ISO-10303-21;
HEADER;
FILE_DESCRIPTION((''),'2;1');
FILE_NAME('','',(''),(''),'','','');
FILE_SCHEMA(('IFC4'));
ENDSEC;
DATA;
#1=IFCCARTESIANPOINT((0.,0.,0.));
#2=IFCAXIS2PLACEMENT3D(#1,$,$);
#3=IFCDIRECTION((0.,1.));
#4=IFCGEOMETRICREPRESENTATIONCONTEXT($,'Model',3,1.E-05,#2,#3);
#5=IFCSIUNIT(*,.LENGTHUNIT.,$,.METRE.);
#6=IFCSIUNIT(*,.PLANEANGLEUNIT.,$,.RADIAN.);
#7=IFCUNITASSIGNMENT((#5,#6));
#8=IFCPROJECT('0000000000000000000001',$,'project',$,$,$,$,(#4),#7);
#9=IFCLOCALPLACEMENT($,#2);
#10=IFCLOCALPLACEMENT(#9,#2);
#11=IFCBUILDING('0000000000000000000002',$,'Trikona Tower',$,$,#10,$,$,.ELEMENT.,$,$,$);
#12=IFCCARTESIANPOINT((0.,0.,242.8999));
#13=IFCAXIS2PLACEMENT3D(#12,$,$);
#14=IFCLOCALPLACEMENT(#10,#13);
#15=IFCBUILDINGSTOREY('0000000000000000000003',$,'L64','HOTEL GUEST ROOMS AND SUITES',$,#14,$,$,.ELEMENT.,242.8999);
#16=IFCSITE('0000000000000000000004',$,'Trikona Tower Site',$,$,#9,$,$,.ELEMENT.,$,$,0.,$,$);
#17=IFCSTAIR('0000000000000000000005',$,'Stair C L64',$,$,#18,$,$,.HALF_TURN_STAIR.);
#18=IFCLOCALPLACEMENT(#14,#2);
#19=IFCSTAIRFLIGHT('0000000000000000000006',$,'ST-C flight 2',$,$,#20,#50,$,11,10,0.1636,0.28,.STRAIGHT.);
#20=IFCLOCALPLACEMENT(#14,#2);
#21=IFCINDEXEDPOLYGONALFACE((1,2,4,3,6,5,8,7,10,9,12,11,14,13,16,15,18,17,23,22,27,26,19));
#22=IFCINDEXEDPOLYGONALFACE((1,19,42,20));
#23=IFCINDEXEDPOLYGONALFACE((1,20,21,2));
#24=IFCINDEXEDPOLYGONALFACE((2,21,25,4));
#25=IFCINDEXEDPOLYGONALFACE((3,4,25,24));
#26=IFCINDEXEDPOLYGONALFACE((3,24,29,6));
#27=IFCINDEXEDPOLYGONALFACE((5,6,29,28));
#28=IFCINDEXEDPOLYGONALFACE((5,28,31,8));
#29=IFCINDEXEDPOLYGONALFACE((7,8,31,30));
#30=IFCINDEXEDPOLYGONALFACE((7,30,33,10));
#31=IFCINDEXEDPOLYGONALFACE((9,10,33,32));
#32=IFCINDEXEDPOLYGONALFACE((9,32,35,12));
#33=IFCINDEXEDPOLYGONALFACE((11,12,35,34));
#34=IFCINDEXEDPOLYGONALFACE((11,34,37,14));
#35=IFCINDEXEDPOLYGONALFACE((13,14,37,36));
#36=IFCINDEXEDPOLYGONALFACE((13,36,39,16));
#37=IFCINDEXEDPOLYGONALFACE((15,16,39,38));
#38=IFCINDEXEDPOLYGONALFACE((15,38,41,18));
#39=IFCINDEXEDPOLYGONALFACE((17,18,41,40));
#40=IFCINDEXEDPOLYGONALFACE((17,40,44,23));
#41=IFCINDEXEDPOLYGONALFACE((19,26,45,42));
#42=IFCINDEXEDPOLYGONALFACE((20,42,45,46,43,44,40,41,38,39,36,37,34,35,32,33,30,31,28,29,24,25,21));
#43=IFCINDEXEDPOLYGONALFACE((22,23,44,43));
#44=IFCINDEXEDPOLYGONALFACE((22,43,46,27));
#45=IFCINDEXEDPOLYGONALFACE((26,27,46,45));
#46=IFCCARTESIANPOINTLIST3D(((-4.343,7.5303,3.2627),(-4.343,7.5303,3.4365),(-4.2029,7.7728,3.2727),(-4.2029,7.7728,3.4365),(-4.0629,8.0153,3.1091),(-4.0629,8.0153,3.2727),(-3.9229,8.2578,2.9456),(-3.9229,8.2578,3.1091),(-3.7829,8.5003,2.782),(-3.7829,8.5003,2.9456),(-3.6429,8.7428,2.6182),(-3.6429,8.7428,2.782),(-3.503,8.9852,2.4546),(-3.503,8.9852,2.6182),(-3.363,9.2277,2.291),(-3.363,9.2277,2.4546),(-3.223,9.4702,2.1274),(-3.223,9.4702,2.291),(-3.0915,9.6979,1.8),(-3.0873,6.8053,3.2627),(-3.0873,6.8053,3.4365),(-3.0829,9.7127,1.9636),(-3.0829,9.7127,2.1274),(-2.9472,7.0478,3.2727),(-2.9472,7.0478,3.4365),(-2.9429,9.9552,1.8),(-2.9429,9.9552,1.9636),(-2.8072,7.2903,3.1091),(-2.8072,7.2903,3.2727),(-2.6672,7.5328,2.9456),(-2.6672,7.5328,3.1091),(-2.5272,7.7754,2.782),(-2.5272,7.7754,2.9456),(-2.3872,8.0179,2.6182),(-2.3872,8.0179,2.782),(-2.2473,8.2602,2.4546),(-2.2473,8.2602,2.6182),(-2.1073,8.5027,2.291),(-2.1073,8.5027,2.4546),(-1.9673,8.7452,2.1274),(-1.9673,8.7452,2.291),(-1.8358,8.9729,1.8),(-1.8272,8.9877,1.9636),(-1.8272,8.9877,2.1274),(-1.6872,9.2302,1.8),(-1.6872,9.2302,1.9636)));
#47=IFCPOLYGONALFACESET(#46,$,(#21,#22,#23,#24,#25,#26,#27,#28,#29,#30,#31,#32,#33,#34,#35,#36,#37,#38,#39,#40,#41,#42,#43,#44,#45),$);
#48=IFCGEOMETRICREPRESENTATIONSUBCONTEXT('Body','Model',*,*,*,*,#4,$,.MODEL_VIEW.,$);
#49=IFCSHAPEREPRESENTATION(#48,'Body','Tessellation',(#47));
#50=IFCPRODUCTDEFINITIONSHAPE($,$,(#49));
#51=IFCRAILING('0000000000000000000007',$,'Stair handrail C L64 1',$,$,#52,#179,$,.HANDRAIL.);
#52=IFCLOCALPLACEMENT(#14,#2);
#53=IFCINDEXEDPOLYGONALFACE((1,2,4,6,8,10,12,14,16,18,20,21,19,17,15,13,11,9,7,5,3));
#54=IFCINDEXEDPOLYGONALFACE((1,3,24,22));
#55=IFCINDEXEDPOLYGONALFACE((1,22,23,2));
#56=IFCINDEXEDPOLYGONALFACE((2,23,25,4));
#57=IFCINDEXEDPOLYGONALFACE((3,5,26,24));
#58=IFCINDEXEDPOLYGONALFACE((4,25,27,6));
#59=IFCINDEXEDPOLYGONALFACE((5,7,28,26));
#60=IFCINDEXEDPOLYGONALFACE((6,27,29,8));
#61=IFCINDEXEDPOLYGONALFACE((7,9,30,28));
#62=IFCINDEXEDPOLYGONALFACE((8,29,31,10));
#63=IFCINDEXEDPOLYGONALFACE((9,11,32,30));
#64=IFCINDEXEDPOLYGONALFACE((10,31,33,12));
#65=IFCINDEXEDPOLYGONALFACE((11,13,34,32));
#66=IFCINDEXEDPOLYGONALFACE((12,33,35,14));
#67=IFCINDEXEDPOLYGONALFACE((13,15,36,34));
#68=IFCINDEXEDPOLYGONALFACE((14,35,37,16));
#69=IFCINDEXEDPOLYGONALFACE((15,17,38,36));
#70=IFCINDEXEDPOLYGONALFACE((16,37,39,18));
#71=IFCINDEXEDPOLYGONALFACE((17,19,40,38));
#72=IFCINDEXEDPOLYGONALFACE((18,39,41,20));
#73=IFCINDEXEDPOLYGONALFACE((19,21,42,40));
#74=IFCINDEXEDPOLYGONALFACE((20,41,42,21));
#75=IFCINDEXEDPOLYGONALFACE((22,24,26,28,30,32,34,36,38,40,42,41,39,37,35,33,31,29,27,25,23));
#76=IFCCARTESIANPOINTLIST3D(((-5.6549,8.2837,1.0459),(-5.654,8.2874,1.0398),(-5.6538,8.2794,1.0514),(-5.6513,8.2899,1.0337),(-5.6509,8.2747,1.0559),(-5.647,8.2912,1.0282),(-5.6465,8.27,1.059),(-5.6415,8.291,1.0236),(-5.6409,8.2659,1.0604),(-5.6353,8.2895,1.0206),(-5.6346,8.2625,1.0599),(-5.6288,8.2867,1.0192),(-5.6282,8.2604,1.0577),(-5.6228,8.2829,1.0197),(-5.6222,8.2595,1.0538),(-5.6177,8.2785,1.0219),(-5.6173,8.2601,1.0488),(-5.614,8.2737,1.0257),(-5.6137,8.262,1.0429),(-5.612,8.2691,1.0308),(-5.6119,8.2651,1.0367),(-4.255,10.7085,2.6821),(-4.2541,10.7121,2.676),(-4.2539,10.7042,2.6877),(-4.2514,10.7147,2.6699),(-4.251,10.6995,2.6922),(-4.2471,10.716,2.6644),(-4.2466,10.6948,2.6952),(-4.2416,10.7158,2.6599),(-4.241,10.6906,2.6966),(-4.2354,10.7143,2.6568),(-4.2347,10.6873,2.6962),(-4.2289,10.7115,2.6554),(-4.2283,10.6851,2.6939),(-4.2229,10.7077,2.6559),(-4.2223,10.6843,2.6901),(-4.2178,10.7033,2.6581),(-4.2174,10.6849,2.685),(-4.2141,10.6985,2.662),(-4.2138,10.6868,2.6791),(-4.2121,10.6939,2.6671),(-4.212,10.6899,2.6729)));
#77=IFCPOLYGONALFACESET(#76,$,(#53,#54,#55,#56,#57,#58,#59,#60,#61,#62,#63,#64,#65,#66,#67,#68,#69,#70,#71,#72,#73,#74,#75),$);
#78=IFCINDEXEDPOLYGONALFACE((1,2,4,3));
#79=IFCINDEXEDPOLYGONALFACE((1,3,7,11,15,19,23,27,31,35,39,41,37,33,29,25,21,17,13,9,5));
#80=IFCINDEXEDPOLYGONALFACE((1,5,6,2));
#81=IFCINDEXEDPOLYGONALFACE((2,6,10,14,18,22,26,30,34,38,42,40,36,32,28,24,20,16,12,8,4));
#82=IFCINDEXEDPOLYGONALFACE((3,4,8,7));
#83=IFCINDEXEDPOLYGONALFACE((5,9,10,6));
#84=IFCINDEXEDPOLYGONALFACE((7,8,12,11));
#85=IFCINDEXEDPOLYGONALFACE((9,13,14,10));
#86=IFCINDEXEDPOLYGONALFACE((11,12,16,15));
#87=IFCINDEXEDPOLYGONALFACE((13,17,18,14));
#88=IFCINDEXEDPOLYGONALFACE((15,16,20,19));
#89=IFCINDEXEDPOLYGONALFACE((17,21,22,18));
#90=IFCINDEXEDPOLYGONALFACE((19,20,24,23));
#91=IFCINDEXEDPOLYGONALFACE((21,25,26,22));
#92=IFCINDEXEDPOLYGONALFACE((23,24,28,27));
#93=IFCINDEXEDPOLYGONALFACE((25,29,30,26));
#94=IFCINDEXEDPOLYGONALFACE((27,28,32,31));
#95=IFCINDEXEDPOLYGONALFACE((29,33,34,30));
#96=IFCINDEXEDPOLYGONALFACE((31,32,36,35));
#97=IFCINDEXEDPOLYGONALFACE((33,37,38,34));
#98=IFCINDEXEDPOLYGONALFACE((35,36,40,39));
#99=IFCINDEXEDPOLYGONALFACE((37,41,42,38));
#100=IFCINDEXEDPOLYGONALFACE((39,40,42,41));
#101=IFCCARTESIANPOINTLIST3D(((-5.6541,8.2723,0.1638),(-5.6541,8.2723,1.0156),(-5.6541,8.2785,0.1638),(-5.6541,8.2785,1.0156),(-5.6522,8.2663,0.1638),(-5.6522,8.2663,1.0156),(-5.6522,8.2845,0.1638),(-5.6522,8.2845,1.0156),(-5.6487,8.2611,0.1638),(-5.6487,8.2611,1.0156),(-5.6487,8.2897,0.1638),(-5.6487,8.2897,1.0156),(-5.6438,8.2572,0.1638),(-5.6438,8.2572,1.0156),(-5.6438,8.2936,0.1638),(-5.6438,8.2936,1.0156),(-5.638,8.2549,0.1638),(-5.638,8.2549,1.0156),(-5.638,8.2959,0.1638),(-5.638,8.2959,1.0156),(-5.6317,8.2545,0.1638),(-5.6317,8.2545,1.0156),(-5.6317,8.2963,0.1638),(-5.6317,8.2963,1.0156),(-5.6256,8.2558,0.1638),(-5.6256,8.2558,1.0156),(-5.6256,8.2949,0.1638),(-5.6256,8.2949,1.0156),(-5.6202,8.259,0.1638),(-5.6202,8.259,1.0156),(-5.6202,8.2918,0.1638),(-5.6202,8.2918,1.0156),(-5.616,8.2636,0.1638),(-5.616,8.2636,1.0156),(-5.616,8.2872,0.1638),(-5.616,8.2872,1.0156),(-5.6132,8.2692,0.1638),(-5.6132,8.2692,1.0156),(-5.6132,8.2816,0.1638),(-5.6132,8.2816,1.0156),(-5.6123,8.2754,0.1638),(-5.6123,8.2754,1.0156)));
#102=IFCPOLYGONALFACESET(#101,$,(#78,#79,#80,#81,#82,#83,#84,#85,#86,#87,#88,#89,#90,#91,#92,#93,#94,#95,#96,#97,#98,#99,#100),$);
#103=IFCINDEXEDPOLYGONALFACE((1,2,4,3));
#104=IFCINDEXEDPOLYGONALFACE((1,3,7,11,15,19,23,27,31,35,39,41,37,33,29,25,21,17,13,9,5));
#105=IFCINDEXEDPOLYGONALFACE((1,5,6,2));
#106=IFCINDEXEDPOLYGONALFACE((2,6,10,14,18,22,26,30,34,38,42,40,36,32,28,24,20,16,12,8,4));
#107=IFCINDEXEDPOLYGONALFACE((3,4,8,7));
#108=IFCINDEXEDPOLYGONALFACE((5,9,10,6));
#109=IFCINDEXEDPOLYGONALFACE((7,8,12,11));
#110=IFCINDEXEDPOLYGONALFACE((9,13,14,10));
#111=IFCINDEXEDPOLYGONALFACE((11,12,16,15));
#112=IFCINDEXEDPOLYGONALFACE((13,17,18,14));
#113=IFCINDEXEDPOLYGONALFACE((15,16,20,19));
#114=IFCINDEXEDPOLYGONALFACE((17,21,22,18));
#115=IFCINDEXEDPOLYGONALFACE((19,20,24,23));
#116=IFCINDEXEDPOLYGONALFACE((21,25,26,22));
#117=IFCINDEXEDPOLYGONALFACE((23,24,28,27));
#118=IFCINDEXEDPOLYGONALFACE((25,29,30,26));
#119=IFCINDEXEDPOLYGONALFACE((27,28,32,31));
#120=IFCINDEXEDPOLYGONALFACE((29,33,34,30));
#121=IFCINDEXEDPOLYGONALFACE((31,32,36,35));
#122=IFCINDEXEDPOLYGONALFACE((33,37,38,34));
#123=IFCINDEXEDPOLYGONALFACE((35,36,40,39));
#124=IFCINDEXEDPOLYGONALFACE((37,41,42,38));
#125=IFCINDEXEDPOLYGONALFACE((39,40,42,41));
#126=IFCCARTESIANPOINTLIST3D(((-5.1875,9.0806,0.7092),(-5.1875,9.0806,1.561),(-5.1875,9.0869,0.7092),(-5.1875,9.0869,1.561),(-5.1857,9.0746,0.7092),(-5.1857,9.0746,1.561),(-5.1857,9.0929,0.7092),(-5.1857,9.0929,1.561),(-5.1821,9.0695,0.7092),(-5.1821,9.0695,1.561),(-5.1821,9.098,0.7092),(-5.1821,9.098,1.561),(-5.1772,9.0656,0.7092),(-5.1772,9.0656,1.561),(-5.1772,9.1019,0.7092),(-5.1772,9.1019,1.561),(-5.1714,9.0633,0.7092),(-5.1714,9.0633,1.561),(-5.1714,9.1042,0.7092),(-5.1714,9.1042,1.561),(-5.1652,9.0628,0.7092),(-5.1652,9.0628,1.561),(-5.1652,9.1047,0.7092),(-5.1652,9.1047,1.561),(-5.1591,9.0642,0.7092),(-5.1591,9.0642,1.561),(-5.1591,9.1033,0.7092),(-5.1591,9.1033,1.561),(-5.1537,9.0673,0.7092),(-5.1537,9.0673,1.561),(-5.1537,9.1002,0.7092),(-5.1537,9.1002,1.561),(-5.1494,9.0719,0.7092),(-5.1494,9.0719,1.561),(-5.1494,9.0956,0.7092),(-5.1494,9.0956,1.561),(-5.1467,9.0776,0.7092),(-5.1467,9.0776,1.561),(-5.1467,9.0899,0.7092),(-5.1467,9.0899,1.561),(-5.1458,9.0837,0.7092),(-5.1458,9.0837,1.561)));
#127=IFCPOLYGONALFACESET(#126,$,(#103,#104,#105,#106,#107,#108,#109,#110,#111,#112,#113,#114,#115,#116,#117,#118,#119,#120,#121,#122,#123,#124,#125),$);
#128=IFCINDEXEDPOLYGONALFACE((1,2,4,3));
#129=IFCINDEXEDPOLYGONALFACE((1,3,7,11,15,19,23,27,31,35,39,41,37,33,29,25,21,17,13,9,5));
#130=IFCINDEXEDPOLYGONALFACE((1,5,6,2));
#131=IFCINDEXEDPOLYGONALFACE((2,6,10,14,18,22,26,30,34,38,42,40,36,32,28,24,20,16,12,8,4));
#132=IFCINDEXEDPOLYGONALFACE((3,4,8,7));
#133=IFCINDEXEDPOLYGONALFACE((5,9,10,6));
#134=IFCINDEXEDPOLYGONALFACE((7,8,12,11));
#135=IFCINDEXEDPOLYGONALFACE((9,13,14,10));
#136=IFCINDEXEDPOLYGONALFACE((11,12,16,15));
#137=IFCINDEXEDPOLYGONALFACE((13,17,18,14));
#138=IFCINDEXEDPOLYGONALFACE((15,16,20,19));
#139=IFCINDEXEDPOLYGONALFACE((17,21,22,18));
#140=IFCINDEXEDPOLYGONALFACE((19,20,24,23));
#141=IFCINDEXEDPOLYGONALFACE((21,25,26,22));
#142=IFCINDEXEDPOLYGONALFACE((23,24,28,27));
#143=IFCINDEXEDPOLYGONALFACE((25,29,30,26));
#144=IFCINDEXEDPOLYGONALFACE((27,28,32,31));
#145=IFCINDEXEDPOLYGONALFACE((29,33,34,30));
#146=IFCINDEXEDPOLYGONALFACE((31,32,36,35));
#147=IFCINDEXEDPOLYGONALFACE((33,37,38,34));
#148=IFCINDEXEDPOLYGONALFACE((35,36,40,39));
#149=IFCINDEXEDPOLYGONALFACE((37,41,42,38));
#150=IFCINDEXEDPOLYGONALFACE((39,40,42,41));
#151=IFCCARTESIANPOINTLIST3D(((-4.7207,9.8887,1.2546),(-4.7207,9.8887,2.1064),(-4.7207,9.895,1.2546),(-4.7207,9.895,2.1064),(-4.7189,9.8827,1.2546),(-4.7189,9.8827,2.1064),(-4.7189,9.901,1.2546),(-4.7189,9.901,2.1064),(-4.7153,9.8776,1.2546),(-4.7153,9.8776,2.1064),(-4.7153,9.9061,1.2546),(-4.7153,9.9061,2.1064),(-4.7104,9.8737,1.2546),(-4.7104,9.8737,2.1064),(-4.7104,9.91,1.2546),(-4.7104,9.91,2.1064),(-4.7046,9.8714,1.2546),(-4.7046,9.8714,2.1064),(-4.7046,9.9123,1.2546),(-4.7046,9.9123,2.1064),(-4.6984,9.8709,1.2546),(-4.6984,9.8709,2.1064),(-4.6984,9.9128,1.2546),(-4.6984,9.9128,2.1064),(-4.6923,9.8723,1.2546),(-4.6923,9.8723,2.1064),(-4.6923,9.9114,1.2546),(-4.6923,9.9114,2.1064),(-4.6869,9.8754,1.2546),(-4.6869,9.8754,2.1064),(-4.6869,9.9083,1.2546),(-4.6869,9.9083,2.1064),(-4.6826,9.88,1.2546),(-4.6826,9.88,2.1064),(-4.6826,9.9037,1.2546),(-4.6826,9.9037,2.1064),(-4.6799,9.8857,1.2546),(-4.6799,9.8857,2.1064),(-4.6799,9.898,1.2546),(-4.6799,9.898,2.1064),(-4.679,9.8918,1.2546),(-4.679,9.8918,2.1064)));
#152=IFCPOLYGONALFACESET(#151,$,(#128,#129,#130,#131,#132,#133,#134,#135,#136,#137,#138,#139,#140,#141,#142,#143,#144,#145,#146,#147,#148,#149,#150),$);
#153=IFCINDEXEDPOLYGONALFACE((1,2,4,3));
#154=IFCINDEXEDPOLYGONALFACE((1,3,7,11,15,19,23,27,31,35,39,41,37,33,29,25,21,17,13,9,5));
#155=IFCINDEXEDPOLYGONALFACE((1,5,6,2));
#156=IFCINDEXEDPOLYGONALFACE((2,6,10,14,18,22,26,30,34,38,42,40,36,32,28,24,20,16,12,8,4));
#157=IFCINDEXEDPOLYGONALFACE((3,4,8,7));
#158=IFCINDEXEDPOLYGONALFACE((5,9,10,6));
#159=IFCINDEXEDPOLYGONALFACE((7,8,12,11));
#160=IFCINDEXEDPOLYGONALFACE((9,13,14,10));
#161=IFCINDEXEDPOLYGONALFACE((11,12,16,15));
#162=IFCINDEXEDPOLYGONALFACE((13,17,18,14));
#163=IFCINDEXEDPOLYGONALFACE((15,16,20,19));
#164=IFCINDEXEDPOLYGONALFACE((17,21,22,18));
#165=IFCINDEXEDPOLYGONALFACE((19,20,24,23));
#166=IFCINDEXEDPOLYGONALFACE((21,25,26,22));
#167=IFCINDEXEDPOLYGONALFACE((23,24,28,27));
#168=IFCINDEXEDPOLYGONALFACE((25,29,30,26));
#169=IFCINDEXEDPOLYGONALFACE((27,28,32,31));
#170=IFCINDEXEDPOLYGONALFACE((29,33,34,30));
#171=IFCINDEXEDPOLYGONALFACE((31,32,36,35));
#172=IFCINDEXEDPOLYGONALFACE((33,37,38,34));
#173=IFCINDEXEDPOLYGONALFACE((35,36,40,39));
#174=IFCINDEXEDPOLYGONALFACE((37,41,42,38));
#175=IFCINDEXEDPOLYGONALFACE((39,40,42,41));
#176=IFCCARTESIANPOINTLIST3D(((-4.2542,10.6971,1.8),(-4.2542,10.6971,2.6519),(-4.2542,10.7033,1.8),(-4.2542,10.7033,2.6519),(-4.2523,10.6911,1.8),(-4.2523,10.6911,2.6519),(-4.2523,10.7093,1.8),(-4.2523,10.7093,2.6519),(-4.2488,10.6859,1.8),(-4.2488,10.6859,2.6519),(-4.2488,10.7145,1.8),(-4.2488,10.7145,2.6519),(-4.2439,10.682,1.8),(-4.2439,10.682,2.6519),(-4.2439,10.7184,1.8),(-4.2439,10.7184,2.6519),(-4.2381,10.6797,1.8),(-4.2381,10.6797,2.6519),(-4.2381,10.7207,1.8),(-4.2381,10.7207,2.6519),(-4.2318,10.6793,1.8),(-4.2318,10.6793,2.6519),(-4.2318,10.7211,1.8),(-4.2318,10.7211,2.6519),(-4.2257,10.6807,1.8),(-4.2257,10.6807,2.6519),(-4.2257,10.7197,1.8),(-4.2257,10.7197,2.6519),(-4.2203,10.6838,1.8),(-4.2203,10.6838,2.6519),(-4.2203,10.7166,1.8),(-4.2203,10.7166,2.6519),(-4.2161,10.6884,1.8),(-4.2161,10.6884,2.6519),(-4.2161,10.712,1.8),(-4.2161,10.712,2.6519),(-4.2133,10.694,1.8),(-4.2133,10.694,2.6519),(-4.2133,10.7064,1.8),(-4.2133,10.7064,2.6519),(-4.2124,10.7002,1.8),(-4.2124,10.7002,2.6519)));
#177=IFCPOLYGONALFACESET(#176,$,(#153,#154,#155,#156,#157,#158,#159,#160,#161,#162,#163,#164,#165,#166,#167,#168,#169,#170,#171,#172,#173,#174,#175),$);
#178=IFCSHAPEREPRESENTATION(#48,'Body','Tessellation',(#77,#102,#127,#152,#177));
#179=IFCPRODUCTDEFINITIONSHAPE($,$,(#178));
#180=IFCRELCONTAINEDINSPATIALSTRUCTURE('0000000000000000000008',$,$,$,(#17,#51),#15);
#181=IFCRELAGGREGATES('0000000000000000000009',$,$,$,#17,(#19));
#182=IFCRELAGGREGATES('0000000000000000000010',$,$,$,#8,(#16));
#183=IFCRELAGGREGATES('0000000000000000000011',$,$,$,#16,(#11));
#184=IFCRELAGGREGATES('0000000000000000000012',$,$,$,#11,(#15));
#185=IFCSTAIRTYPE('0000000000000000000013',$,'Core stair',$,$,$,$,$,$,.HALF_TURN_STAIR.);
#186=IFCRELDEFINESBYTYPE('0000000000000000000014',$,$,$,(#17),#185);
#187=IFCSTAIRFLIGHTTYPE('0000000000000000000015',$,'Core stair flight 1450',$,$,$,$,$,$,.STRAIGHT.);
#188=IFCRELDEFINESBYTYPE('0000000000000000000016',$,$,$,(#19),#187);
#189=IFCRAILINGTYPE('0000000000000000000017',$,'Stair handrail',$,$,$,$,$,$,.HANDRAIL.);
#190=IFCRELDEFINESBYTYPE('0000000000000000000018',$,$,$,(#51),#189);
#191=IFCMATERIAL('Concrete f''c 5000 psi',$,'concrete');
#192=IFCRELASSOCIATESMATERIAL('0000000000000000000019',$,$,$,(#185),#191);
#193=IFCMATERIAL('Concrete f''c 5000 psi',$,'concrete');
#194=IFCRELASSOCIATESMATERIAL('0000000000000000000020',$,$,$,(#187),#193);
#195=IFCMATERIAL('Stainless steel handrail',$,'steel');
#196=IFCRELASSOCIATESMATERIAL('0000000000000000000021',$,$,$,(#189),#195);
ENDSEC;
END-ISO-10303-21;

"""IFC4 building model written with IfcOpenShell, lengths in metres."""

from ifc_helpers import new_model, si_unit, direction, frame, origin, origin_2d, place, context, subcontext, project, spatial, polyline, circle, outline, extrude, material, type_object, element, aggregate, save


model = new_model("IFC4")

# Units and contexts
model_context = context("Model", 3, precision=1e-05, world=origin(), true_north=direction((0.0, 1.0)))
body_context = subcontext(model_context, "Body", "Model", "MODEL_VIEW")
ifc_project = project(units=[si_unit("LENGTHUNIT", "METRE"), si_unit("PLANEANGLEUNIT", "RADIAN")], contexts=[model_context])

# Site, building, storey
site_placement = place(None, origin())
site = spatial("IfcSite", under=ifc_project, at=site_placement, Name="Trikona Tower Site", CompositionType="ELEMENT", RefElevation=0.0)
building_placement = place(site_placement, origin())
building = spatial("IfcBuilding", under=site, at=building_placement, Name="Trikona Tower", CompositionType="ELEMENT")
storey_placement = place(building_placement, frame((0.0, 0.0, 242.8999)))
storey = spatial("IfcBuildingStorey", under=building, at=storey_placement, Name="L64", Description="HOTEL GUEST ROOMS AND SUITES", CompositionType="ELEMENT", Elevation=242.8999)

# Stair, stair flight
ifc_material_1 = material(Name="Concrete f'c 5000 psi", Category="concrete")
stair_type = type_object("IfcStairType", Name="Core stair", PredefinedType="HALF_TURN_STAIR", material=ifc_material_1)
stair_placement = place(storey_placement, origin())
stair = element("IfcStair", 1, at=stair_placement, inside=storey, type_object=stair_type, Name="Stair C L64", PredefinedType="HALF_TURN_STAIR")
ifc_material_2 = material(Name="Concrete f'c 5000 psi", Category="concrete")
stair_flight_type = type_object("IfcStairFlightType", Name="Core stair flight 1450", PredefinedType="STRAIGHT", material=ifc_material_2)
stair_flight_1_placement = place(storey_placement, frame((-2.3152, 9.5928, 1.8), z_axis=(0.0, 0.0, 1.0), x_axis=(-0.5, -0.866025, 0.0)))
stair_flight_1 = element("IfcStairFlight", 2, at=stair_flight_1_placement, type_object=stair_flight_type, Name="ST-C flight 2", NumberOfRisers=11, NumberOfTreads=10, PredefinedType="STRAIGHT", RiserHeight=0.1636, TreadLength=0.28, context=body_context, shape_type="SweptSolid", body=[
    extrude(outline(polyline([(0.0, 0.0), (0.0, 0.1636), (0.28, 0.1636), (0.28, 0.3274), (0.5601, 0.3274), (0.5601, 0.491), (0.8401, 0.491), (0.8401, 0.6545), (1.1201, 0.6545), (1.1201, 0.8181), (1.3999, 0.8181), (1.3999, 0.9819), (1.6799, 0.9819), (1.6799, 1.1455), (1.96, 1.1455), (1.96, 1.3091), (2.24, 1.3091), (2.24, 1.4727), (2.52, 1.4727), (2.52, 1.6365), (2.8, 1.6365), (2.8, 1.8), (2.8, 1.4626), (0.2971, 0.0), (0.0, 0.0)])), frame((0.0, 0.7251, 0.0), z_axis=(0.0, -1.0, 0.0), x_axis=(1.0, 0.0, 0.0)), (0.0, 0.0, 1.0), 1.45),
])
aggregate(stair, [stair_flight_1])

# Railing
ifc_material_3 = material(Name="Stainless steel handrail", Category="steel")
railing_type = type_object("IfcRailingType", Name="Stair handrail", PredefinedType="HANDRAIL", material=ifc_material_3)
railing_1_placement = place(storey_placement, frame((-5.6333, 8.2754, 0.1638)))
element("IfcRailing", 3, at=railing_1_placement, inside=storey, type_object=railing_type, Name="Stair handrail C L64 1", PredefinedType="HANDRAIL", context=body_context, shape_type="SweptSolid", body=[
    extrude(circle(Radius=0.0239, at=origin_2d()), frame((0.0, 0.0, 0.876), z_axis=(0.431677, 0.747718, 0.504552), x_axis=(-0.866035, 0.499984, 0.0)), (0.0, 0.0, 1.0), 3.2429),
    extrude(circle(Radius=0.021, at=origin_2d()), origin(), (0.0, 0.0, 1.0), 0.8518),
    extrude(circle(Radius=0.021, at=origin_2d()), frame((0.4666, 0.8083, 0.5454)), (0.0, 0.0, 1.0), 0.8518),
    extrude(circle(Radius=0.021, at=origin_2d()), frame((0.9333, 1.6165, 1.0908)), (0.0, 0.0, 1.0), 0.8518),
    extrude(circle(Radius=0.021, at=origin_2d()), frame((1.3999, 2.4248, 1.6362)), (0.0, 0.0, 1.0), 0.8518),
])

save(model, "model.ifc")
